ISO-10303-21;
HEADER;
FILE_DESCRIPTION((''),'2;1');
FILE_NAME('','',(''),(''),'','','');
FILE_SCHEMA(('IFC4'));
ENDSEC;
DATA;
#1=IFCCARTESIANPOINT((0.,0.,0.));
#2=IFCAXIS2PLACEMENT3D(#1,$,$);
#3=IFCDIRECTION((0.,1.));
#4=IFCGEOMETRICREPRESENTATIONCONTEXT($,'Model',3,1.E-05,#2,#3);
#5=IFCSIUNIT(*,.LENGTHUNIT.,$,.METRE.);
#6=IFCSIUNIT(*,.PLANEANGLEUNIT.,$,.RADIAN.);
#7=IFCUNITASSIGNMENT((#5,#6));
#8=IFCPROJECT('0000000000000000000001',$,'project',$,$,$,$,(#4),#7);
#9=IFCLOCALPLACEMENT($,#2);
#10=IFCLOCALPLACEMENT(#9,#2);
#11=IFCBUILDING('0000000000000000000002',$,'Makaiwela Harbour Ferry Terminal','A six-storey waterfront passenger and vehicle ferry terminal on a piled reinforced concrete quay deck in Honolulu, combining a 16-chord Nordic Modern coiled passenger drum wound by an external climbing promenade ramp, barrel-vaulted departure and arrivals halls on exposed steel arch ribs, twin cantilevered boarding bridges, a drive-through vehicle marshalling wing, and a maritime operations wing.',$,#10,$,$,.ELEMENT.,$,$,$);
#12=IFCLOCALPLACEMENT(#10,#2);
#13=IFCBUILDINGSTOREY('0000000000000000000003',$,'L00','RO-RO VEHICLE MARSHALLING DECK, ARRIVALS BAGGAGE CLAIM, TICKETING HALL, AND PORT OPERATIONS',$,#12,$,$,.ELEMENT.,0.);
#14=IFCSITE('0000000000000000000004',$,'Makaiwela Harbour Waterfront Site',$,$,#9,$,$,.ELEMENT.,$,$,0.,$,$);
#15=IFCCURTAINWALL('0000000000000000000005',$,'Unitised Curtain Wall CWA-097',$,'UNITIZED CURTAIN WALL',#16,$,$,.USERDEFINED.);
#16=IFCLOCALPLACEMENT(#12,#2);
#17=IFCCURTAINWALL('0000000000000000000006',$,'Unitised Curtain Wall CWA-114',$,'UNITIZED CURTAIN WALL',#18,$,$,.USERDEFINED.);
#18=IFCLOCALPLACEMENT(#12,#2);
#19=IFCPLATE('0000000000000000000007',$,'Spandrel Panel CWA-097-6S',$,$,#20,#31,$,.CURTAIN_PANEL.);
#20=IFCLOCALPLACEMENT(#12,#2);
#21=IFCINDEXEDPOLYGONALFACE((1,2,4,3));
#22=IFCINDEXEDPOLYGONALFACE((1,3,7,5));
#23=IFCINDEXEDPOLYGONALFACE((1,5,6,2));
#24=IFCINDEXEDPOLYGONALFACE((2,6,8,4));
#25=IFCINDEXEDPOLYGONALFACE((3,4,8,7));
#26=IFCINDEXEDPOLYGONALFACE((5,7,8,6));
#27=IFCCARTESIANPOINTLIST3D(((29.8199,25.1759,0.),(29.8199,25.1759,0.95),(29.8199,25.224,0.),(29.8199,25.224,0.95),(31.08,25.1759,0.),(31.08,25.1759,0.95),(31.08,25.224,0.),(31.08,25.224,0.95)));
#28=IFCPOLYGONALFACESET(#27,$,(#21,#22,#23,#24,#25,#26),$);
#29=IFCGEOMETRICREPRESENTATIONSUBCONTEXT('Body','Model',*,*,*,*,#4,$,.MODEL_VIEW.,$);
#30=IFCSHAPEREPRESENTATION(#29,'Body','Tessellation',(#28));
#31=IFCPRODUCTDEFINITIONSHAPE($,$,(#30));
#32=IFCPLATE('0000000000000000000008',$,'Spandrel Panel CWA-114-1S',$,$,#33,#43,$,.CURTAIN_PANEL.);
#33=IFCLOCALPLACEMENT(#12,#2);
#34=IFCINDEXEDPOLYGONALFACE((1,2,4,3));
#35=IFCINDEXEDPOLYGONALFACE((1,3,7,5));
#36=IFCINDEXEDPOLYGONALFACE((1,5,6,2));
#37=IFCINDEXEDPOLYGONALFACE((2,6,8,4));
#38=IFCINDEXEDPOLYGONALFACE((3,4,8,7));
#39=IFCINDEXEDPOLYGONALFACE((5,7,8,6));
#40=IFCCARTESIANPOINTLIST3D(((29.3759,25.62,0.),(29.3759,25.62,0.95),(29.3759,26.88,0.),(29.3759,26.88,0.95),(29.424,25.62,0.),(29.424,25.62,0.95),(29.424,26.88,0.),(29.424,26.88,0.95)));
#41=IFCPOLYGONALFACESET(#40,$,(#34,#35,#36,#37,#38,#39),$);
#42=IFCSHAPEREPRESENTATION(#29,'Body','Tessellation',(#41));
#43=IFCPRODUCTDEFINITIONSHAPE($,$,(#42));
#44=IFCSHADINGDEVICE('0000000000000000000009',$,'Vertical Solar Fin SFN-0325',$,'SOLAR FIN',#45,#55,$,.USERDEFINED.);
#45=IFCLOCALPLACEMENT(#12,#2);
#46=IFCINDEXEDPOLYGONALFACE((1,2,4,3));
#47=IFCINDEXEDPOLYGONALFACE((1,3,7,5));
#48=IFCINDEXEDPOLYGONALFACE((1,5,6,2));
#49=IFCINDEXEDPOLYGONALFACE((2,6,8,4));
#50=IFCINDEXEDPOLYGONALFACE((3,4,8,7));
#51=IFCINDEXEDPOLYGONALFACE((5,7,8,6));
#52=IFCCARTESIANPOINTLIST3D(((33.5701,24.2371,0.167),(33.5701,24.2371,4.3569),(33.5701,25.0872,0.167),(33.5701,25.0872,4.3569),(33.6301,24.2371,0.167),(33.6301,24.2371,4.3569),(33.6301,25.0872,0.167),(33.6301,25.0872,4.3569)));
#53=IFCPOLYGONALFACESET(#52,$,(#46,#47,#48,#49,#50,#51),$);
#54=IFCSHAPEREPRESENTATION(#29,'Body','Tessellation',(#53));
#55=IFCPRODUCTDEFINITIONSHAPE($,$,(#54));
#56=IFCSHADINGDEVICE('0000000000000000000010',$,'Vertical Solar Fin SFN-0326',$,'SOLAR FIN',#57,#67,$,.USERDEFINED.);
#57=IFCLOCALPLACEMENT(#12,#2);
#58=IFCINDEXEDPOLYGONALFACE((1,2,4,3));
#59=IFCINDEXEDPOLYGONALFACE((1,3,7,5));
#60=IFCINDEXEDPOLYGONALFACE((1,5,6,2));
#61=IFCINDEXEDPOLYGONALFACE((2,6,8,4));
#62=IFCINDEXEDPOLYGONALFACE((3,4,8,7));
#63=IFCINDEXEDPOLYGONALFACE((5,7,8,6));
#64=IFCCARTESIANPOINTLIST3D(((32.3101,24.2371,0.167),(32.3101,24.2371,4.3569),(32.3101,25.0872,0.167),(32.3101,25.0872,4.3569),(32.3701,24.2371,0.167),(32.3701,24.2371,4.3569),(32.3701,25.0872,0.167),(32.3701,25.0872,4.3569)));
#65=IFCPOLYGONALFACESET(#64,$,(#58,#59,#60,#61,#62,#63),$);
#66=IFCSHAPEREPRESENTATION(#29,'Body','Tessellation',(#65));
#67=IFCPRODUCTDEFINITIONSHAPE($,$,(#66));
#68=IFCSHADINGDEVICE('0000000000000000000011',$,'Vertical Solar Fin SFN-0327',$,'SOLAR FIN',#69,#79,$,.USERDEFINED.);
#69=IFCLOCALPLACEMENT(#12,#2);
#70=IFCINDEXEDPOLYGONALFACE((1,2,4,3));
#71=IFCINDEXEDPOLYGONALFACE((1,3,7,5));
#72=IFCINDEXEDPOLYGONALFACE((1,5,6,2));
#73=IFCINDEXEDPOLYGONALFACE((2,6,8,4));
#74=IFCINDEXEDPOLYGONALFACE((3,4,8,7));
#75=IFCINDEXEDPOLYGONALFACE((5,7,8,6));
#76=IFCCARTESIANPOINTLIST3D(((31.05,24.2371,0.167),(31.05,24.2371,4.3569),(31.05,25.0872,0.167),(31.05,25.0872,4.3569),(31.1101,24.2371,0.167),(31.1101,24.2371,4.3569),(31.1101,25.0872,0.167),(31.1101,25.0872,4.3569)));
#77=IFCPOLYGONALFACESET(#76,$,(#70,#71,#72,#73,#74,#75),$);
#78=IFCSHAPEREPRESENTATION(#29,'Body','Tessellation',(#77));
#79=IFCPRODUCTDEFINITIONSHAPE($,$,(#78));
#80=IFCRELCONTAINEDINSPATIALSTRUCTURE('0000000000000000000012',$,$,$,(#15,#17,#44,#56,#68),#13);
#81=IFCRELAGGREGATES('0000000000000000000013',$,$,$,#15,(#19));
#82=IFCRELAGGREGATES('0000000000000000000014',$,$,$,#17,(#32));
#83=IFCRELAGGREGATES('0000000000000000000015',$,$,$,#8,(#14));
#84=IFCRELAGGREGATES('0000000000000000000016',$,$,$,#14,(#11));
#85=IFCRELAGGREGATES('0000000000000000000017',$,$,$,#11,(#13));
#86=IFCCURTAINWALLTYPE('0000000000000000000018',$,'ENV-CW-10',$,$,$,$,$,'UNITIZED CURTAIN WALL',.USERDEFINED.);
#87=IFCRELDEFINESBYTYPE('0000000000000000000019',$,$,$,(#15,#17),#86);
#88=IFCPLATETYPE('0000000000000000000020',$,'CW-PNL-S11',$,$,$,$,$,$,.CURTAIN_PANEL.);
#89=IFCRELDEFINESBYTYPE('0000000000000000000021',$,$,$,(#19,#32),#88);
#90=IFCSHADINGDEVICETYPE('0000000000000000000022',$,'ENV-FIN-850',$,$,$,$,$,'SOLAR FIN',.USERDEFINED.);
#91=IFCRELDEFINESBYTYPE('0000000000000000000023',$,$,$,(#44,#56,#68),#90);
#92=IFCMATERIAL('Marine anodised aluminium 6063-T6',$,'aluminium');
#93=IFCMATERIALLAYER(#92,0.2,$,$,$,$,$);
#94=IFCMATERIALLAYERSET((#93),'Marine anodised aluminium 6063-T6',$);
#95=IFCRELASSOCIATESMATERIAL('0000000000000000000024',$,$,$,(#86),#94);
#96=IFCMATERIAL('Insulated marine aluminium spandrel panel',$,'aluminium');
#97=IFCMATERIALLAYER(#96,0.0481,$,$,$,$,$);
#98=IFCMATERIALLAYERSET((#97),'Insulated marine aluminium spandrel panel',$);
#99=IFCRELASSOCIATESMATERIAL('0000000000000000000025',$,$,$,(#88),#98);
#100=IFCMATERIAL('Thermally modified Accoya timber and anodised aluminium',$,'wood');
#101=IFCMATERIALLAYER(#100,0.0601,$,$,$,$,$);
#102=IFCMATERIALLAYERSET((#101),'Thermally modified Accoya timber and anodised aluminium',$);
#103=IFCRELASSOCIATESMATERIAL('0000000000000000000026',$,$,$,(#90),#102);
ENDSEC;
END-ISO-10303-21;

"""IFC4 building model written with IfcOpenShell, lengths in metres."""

from ifc_helpers import new_model, si_unit, direction, frame, origin, origin_2d, place, context, subcontext, project, spatial, rectangle, extrude, material, layer, layer_set, type_object, element, aggregate, save


model = new_model("IFC4")

# Units and contexts
model_context = context("Model", 3, precision=1e-05, world=origin(), true_north=direction((0.0, 1.0)))
body_context = subcontext(model_context, "Body", "Model", "MODEL_VIEW")
ifc_project = project(units=[si_unit("LENGTHUNIT", "METRE"), si_unit("PLANEANGLEUNIT", "RADIAN")], contexts=[model_context])

# Site, building, storey
site_placement = place(None, origin())
site = spatial("IfcSite", under=ifc_project, at=site_placement, Name="Makaiwela Harbour Waterfront Site", CompositionType="ELEMENT", RefElevation=0.0)
building_placement = place(site_placement, origin())
building = spatial("IfcBuilding", under=site, at=building_placement, Name="Makaiwela Harbour Ferry Terminal", Description="A six-storey waterfront passenger and vehicle ferry terminal on a piled reinforced concrete quay deck in Honolulu, combining a 16-chord Nordic Modern coiled passenger drum wound by an external climbing promenade ramp, barrel-vaulted departure and arrivals halls on exposed steel arch ribs, twin cantilevered boarding bridges, a drive-through vehicle marshalling wing, and a maritime operations wing.", CompositionType="ELEMENT")
storey_placement = place(building_placement, origin())
storey = spatial("IfcBuildingStorey", under=building, at=storey_placement, Name="L00", Description="RO-RO VEHICLE MARSHALLING DECK, ARRIVALS BAGGAGE CLAIM, TICKETING HALL, AND PORT OPERATIONS", CompositionType="ELEMENT", Elevation=0.0)

# Curtain walls
ifc_material_1 = material(Name="Marine anodised aluminium 6063-T6", Category="aluminium")
ifc_layer_1 = layer(ifc_material_1, 0.2)
ifc_layer_set_1 = layer_set([ifc_layer_1], Name="Marine anodised aluminium 6063-T6")
curtain_wall_type = type_object("IfcCurtainWallType", Name="ENV-CW-10", ElementType="UNITIZED CURTAIN WALL", PredefinedType="USERDEFINED", material=ifc_layer_set_1)
curtain_wall_1_placement = place(storey_placement, origin())
curtain_wall_1 = element("IfcCurtainWall", 1, at=curtain_wall_1_placement, inside=storey, type_object=curtain_wall_type, Name="Unitised Curtain Wall CWA-097", ObjectType="UNITIZED CURTAIN WALL", PredefinedType="USERDEFINED")
curtain_wall_2_placement = place(storey_placement, origin())
curtain_wall_2 = element("IfcCurtainWall", 2, at=curtain_wall_2_placement, inside=storey, type_object=curtain_wall_type, Name="Unitised Curtain Wall CWA-114", ObjectType="UNITIZED CURTAIN WALL", PredefinedType="USERDEFINED")

# Plates
ifc_material_2 = material(Name="Insulated marine aluminium spandrel panel", Category="aluminium")
ifc_layer_2 = layer(ifc_material_2, 0.0481)
ifc_layer_set_2 = layer_set([ifc_layer_2], Name="Insulated marine aluminium spandrel panel")
plate_type_1 = type_object("IfcPlateType", Name="CW-PNL-S11", PredefinedType="CURTAIN_PANEL", material=ifc_layer_set_2)
plate_1_placement = place(storey_placement, frame((30.45, 25.2, 0.0), z_axis=(0.0, 0.0, 1.0), x_axis=(-1.0, 0.0, 0.0)))
plate_1 = element("IfcPlate", 3, at=plate_1_placement, type_object=plate_type_1, Name="Spandrel Panel CWA-097-6S", PredefinedType="CURTAIN_PANEL", context=body_context, shape_type="SweptSolid", body=[
    extrude(rectangle(XDim=1.26, YDim=0.0481, at=origin_2d()), origin(), (0.0, 0.0, 1.0), 0.95),
])
aggregate(curtain_wall_1, [plate_1])
plate_2_placement = place(storey_placement, frame((29.3999, 26.25, 0.0), z_axis=(0.0, 0.0, 1.0), x_axis=(0.0, 1.0, 0.0)))
plate_2 = element("IfcPlate", 4, at=plate_2_placement, type_object=plate_type_1, Name="Spandrel Panel CWA-114-1S", PredefinedType="CURTAIN_PANEL", context=body_context, shape_type="SweptSolid", body=[
    extrude(rectangle(XDim=1.26, YDim=0.0481, at=origin_2d()), origin(), (0.0, 0.0, 1.0), 0.95),
])
aggregate(curtain_wall_2, [plate_2])

# Shading devices
ifc_material_3 = material(Name="Thermally modified Accoya timber and anodised aluminium", Category="wood")
ifc_layer_3 = layer(ifc_material_3, 0.0601)
ifc_layer_set_3 = layer_set([ifc_layer_3], Name="Thermally modified Accoya timber and anodised aluminium")
shading_device_type = type_object("IfcShadingDeviceType", Name="ENV-FIN-850", ElementType="SOLAR FIN", PredefinedType="USERDEFINED", material=ifc_layer_set_3)
for number, where, z_axis, x_axis, name in (
    (5, (33.6001, 24.6621, 0.167), (0.0, 0.0, 1.0), (0.0, -1.0, 0.0), "Vertical Solar Fin SFN-0325"),
    (6, (32.3401, 24.6621, 0.167), (0.0, 0.0, 1.0), (0.0, -1.0, 0.0), "Vertical Solar Fin SFN-0326"),
    (7, (31.0801, 24.6621, 0.167), (0.0, 0.0, 1.0), (0.0, -1.0, 0.0), "Vertical Solar Fin SFN-0327"),
):
    element("IfcShadingDevice", number, at=place(storey_placement, frame(where, z_axis=z_axis, x_axis=x_axis)), inside=storey, type_object=shading_device_type, Name=name, ObjectType="SOLAR FIN", PredefinedType="USERDEFINED", context=body_context, shape_type="SweptSolid", body=[
        extrude(rectangle(XDim=0.8501, YDim=0.0601, at=origin_2d()), origin(), (0.0, 0.0, 1.0), 4.1899),
    ])

save(model, "model.ifc")
